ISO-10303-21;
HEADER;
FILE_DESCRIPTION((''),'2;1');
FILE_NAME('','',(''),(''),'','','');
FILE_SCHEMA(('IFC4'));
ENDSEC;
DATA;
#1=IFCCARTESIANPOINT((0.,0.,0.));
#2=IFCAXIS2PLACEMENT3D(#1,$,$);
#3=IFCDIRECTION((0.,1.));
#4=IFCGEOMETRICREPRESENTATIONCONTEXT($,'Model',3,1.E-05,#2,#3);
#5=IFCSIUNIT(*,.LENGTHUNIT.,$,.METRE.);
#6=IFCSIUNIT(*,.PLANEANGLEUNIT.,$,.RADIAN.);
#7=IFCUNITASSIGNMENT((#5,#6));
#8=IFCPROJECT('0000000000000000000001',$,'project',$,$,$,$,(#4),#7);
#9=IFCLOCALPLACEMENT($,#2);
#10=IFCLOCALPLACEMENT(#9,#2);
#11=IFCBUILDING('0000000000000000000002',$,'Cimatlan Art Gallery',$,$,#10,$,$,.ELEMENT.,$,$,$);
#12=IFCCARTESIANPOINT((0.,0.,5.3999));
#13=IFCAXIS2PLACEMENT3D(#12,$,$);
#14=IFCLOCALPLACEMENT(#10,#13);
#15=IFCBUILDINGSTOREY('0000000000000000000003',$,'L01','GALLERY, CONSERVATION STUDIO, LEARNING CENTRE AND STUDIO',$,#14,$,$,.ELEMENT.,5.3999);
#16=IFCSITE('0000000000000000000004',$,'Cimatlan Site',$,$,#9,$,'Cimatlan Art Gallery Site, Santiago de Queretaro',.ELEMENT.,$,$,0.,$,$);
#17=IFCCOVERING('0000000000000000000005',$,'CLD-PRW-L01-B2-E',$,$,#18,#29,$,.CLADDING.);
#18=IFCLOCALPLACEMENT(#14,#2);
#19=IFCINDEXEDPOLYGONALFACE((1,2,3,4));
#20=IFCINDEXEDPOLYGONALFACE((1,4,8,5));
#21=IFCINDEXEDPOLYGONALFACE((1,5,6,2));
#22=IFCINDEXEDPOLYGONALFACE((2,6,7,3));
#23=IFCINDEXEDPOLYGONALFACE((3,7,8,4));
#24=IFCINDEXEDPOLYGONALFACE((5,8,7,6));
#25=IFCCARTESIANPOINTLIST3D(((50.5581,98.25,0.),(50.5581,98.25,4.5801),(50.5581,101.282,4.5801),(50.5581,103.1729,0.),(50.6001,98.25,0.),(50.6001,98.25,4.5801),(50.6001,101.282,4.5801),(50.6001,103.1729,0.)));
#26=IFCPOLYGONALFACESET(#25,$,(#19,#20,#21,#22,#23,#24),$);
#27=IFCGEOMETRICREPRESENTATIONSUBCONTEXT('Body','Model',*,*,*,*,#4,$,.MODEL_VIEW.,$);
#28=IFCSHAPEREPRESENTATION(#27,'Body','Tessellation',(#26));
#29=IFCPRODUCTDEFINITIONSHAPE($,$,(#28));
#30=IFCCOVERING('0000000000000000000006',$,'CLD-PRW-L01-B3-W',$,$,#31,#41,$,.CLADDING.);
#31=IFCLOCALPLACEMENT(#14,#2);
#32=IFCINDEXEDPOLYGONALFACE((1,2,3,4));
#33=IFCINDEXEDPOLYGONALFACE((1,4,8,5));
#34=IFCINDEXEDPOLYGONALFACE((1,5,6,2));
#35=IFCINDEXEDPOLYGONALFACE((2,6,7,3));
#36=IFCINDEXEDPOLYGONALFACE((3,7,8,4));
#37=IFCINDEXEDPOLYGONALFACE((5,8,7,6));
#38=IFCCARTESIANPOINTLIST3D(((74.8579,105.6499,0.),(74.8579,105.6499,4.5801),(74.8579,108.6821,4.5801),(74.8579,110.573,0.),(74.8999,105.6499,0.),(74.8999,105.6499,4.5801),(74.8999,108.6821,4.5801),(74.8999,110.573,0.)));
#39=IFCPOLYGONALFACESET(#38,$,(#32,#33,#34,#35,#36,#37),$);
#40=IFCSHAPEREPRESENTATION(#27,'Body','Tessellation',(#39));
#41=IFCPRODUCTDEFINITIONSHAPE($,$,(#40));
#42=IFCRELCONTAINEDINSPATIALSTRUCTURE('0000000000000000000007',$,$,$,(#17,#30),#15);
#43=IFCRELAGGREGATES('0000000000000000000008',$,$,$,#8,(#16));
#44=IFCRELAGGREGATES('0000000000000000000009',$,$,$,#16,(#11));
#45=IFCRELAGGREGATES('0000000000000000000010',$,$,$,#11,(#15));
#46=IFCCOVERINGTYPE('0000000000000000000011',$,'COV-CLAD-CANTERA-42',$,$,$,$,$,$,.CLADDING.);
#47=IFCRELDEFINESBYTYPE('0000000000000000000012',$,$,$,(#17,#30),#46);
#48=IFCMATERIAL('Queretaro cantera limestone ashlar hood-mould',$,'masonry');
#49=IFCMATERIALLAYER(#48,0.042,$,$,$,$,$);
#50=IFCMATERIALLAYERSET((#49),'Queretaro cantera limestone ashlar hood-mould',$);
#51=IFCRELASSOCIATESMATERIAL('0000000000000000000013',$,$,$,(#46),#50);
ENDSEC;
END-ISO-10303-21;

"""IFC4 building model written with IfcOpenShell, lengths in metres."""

from ifc_helpers import new_model, si_unit, direction, frame, origin, place, context, subcontext, project, spatial, polyline, outline, extrude, material, layer, layer_set, type_object, element, save


model = new_model("IFC4")

# Units and contexts
model_context = context("Model", 3, precision=1e-05, world=origin(), true_north=direction((0.0, 1.0)))
body_context = subcontext(model_context, "Body", "Model", "MODEL_VIEW")
ifc_project = project(units=[si_unit("LENGTHUNIT", "METRE"), si_unit("PLANEANGLEUNIT", "RADIAN")], contexts=[model_context])

# Site, building, storey
site_placement = place(None, origin())
site = spatial("IfcSite", under=ifc_project, at=site_placement, Name="Cimatlan Site", LongName="Cimatlan Art Gallery Site, Santiago de Queretaro", CompositionType="ELEMENT", RefElevation=0.0)
building_placement = place(site_placement, origin())
building = spatial("IfcBuilding", under=site, at=building_placement, Name="Cimatlan Art Gallery", CompositionType="ELEMENT")
storey_placement = place(building_placement, frame((0.0, 0.0, 5.3999)))
storey = spatial("IfcBuildingStorey", under=building, at=storey_placement, Name="L01", Description="GALLERY, CONSERVATION STUDIO, LEARNING CENTRE AND STUDIO", CompositionType="ELEMENT", Elevation=5.3999)

# Coverings
ifc_material_1 = material(Name="Queretaro cantera limestone ashlar hood-mould", Category="masonry")
ifc_layer_1 = layer(ifc_material_1, 0.042)
ifc_layer_set_1 = layer_set([ifc_layer_1], Name="Queretaro cantera limestone ashlar hood-mould")
covering_type = type_object("IfcCoveringType", Name="COV-CLAD-CANTERA-42", PredefinedType="CLADDING", material=ifc_layer_set_1)
covering_1_placement = place(storey_placement, frame((50.6001, 98.25, 0.0), z_axis=(1.0, 0.0, 0.0), x_axis=(0.0, 1.0, 0.0)))
element("IfcCovering", 1, at=covering_1_placement, inside=storey, type_object=covering_type, Name="CLD-PRW-L01-B2-E", PredefinedType="CLADDING", context=body_context, shape_type="SweptSolid", body=[
    extrude(outline(polyline([(0.0, 0.0), (4.9229, 0.0), (3.032, 4.5801), (0.0, 4.5801), (0.0, 0.0)])), origin(), (0.0, 0.0, -1.0), 0.042),
])
covering_2_placement = place(storey_placement, frame((74.8999, 105.6499, 0.0), z_axis=(1.0, 0.0, 0.0), x_axis=(0.0, 1.0, 0.0)))
element("IfcCovering", 2, at=covering_2_placement, inside=storey, type_object=covering_type, Name="CLD-PRW-L01-B3-W", PredefinedType="CLADDING", context=body_context, shape_type="SweptSolid", body=[
    extrude(outline(polyline([(0.0, 0.0), (4.9231, 0.0), (3.0322, 4.5801), (0.0, 4.5801), (0.0, 0.0)])), origin(), (0.0, 0.0, -1.0), 0.042),
])

save(model, "model.ifc")
